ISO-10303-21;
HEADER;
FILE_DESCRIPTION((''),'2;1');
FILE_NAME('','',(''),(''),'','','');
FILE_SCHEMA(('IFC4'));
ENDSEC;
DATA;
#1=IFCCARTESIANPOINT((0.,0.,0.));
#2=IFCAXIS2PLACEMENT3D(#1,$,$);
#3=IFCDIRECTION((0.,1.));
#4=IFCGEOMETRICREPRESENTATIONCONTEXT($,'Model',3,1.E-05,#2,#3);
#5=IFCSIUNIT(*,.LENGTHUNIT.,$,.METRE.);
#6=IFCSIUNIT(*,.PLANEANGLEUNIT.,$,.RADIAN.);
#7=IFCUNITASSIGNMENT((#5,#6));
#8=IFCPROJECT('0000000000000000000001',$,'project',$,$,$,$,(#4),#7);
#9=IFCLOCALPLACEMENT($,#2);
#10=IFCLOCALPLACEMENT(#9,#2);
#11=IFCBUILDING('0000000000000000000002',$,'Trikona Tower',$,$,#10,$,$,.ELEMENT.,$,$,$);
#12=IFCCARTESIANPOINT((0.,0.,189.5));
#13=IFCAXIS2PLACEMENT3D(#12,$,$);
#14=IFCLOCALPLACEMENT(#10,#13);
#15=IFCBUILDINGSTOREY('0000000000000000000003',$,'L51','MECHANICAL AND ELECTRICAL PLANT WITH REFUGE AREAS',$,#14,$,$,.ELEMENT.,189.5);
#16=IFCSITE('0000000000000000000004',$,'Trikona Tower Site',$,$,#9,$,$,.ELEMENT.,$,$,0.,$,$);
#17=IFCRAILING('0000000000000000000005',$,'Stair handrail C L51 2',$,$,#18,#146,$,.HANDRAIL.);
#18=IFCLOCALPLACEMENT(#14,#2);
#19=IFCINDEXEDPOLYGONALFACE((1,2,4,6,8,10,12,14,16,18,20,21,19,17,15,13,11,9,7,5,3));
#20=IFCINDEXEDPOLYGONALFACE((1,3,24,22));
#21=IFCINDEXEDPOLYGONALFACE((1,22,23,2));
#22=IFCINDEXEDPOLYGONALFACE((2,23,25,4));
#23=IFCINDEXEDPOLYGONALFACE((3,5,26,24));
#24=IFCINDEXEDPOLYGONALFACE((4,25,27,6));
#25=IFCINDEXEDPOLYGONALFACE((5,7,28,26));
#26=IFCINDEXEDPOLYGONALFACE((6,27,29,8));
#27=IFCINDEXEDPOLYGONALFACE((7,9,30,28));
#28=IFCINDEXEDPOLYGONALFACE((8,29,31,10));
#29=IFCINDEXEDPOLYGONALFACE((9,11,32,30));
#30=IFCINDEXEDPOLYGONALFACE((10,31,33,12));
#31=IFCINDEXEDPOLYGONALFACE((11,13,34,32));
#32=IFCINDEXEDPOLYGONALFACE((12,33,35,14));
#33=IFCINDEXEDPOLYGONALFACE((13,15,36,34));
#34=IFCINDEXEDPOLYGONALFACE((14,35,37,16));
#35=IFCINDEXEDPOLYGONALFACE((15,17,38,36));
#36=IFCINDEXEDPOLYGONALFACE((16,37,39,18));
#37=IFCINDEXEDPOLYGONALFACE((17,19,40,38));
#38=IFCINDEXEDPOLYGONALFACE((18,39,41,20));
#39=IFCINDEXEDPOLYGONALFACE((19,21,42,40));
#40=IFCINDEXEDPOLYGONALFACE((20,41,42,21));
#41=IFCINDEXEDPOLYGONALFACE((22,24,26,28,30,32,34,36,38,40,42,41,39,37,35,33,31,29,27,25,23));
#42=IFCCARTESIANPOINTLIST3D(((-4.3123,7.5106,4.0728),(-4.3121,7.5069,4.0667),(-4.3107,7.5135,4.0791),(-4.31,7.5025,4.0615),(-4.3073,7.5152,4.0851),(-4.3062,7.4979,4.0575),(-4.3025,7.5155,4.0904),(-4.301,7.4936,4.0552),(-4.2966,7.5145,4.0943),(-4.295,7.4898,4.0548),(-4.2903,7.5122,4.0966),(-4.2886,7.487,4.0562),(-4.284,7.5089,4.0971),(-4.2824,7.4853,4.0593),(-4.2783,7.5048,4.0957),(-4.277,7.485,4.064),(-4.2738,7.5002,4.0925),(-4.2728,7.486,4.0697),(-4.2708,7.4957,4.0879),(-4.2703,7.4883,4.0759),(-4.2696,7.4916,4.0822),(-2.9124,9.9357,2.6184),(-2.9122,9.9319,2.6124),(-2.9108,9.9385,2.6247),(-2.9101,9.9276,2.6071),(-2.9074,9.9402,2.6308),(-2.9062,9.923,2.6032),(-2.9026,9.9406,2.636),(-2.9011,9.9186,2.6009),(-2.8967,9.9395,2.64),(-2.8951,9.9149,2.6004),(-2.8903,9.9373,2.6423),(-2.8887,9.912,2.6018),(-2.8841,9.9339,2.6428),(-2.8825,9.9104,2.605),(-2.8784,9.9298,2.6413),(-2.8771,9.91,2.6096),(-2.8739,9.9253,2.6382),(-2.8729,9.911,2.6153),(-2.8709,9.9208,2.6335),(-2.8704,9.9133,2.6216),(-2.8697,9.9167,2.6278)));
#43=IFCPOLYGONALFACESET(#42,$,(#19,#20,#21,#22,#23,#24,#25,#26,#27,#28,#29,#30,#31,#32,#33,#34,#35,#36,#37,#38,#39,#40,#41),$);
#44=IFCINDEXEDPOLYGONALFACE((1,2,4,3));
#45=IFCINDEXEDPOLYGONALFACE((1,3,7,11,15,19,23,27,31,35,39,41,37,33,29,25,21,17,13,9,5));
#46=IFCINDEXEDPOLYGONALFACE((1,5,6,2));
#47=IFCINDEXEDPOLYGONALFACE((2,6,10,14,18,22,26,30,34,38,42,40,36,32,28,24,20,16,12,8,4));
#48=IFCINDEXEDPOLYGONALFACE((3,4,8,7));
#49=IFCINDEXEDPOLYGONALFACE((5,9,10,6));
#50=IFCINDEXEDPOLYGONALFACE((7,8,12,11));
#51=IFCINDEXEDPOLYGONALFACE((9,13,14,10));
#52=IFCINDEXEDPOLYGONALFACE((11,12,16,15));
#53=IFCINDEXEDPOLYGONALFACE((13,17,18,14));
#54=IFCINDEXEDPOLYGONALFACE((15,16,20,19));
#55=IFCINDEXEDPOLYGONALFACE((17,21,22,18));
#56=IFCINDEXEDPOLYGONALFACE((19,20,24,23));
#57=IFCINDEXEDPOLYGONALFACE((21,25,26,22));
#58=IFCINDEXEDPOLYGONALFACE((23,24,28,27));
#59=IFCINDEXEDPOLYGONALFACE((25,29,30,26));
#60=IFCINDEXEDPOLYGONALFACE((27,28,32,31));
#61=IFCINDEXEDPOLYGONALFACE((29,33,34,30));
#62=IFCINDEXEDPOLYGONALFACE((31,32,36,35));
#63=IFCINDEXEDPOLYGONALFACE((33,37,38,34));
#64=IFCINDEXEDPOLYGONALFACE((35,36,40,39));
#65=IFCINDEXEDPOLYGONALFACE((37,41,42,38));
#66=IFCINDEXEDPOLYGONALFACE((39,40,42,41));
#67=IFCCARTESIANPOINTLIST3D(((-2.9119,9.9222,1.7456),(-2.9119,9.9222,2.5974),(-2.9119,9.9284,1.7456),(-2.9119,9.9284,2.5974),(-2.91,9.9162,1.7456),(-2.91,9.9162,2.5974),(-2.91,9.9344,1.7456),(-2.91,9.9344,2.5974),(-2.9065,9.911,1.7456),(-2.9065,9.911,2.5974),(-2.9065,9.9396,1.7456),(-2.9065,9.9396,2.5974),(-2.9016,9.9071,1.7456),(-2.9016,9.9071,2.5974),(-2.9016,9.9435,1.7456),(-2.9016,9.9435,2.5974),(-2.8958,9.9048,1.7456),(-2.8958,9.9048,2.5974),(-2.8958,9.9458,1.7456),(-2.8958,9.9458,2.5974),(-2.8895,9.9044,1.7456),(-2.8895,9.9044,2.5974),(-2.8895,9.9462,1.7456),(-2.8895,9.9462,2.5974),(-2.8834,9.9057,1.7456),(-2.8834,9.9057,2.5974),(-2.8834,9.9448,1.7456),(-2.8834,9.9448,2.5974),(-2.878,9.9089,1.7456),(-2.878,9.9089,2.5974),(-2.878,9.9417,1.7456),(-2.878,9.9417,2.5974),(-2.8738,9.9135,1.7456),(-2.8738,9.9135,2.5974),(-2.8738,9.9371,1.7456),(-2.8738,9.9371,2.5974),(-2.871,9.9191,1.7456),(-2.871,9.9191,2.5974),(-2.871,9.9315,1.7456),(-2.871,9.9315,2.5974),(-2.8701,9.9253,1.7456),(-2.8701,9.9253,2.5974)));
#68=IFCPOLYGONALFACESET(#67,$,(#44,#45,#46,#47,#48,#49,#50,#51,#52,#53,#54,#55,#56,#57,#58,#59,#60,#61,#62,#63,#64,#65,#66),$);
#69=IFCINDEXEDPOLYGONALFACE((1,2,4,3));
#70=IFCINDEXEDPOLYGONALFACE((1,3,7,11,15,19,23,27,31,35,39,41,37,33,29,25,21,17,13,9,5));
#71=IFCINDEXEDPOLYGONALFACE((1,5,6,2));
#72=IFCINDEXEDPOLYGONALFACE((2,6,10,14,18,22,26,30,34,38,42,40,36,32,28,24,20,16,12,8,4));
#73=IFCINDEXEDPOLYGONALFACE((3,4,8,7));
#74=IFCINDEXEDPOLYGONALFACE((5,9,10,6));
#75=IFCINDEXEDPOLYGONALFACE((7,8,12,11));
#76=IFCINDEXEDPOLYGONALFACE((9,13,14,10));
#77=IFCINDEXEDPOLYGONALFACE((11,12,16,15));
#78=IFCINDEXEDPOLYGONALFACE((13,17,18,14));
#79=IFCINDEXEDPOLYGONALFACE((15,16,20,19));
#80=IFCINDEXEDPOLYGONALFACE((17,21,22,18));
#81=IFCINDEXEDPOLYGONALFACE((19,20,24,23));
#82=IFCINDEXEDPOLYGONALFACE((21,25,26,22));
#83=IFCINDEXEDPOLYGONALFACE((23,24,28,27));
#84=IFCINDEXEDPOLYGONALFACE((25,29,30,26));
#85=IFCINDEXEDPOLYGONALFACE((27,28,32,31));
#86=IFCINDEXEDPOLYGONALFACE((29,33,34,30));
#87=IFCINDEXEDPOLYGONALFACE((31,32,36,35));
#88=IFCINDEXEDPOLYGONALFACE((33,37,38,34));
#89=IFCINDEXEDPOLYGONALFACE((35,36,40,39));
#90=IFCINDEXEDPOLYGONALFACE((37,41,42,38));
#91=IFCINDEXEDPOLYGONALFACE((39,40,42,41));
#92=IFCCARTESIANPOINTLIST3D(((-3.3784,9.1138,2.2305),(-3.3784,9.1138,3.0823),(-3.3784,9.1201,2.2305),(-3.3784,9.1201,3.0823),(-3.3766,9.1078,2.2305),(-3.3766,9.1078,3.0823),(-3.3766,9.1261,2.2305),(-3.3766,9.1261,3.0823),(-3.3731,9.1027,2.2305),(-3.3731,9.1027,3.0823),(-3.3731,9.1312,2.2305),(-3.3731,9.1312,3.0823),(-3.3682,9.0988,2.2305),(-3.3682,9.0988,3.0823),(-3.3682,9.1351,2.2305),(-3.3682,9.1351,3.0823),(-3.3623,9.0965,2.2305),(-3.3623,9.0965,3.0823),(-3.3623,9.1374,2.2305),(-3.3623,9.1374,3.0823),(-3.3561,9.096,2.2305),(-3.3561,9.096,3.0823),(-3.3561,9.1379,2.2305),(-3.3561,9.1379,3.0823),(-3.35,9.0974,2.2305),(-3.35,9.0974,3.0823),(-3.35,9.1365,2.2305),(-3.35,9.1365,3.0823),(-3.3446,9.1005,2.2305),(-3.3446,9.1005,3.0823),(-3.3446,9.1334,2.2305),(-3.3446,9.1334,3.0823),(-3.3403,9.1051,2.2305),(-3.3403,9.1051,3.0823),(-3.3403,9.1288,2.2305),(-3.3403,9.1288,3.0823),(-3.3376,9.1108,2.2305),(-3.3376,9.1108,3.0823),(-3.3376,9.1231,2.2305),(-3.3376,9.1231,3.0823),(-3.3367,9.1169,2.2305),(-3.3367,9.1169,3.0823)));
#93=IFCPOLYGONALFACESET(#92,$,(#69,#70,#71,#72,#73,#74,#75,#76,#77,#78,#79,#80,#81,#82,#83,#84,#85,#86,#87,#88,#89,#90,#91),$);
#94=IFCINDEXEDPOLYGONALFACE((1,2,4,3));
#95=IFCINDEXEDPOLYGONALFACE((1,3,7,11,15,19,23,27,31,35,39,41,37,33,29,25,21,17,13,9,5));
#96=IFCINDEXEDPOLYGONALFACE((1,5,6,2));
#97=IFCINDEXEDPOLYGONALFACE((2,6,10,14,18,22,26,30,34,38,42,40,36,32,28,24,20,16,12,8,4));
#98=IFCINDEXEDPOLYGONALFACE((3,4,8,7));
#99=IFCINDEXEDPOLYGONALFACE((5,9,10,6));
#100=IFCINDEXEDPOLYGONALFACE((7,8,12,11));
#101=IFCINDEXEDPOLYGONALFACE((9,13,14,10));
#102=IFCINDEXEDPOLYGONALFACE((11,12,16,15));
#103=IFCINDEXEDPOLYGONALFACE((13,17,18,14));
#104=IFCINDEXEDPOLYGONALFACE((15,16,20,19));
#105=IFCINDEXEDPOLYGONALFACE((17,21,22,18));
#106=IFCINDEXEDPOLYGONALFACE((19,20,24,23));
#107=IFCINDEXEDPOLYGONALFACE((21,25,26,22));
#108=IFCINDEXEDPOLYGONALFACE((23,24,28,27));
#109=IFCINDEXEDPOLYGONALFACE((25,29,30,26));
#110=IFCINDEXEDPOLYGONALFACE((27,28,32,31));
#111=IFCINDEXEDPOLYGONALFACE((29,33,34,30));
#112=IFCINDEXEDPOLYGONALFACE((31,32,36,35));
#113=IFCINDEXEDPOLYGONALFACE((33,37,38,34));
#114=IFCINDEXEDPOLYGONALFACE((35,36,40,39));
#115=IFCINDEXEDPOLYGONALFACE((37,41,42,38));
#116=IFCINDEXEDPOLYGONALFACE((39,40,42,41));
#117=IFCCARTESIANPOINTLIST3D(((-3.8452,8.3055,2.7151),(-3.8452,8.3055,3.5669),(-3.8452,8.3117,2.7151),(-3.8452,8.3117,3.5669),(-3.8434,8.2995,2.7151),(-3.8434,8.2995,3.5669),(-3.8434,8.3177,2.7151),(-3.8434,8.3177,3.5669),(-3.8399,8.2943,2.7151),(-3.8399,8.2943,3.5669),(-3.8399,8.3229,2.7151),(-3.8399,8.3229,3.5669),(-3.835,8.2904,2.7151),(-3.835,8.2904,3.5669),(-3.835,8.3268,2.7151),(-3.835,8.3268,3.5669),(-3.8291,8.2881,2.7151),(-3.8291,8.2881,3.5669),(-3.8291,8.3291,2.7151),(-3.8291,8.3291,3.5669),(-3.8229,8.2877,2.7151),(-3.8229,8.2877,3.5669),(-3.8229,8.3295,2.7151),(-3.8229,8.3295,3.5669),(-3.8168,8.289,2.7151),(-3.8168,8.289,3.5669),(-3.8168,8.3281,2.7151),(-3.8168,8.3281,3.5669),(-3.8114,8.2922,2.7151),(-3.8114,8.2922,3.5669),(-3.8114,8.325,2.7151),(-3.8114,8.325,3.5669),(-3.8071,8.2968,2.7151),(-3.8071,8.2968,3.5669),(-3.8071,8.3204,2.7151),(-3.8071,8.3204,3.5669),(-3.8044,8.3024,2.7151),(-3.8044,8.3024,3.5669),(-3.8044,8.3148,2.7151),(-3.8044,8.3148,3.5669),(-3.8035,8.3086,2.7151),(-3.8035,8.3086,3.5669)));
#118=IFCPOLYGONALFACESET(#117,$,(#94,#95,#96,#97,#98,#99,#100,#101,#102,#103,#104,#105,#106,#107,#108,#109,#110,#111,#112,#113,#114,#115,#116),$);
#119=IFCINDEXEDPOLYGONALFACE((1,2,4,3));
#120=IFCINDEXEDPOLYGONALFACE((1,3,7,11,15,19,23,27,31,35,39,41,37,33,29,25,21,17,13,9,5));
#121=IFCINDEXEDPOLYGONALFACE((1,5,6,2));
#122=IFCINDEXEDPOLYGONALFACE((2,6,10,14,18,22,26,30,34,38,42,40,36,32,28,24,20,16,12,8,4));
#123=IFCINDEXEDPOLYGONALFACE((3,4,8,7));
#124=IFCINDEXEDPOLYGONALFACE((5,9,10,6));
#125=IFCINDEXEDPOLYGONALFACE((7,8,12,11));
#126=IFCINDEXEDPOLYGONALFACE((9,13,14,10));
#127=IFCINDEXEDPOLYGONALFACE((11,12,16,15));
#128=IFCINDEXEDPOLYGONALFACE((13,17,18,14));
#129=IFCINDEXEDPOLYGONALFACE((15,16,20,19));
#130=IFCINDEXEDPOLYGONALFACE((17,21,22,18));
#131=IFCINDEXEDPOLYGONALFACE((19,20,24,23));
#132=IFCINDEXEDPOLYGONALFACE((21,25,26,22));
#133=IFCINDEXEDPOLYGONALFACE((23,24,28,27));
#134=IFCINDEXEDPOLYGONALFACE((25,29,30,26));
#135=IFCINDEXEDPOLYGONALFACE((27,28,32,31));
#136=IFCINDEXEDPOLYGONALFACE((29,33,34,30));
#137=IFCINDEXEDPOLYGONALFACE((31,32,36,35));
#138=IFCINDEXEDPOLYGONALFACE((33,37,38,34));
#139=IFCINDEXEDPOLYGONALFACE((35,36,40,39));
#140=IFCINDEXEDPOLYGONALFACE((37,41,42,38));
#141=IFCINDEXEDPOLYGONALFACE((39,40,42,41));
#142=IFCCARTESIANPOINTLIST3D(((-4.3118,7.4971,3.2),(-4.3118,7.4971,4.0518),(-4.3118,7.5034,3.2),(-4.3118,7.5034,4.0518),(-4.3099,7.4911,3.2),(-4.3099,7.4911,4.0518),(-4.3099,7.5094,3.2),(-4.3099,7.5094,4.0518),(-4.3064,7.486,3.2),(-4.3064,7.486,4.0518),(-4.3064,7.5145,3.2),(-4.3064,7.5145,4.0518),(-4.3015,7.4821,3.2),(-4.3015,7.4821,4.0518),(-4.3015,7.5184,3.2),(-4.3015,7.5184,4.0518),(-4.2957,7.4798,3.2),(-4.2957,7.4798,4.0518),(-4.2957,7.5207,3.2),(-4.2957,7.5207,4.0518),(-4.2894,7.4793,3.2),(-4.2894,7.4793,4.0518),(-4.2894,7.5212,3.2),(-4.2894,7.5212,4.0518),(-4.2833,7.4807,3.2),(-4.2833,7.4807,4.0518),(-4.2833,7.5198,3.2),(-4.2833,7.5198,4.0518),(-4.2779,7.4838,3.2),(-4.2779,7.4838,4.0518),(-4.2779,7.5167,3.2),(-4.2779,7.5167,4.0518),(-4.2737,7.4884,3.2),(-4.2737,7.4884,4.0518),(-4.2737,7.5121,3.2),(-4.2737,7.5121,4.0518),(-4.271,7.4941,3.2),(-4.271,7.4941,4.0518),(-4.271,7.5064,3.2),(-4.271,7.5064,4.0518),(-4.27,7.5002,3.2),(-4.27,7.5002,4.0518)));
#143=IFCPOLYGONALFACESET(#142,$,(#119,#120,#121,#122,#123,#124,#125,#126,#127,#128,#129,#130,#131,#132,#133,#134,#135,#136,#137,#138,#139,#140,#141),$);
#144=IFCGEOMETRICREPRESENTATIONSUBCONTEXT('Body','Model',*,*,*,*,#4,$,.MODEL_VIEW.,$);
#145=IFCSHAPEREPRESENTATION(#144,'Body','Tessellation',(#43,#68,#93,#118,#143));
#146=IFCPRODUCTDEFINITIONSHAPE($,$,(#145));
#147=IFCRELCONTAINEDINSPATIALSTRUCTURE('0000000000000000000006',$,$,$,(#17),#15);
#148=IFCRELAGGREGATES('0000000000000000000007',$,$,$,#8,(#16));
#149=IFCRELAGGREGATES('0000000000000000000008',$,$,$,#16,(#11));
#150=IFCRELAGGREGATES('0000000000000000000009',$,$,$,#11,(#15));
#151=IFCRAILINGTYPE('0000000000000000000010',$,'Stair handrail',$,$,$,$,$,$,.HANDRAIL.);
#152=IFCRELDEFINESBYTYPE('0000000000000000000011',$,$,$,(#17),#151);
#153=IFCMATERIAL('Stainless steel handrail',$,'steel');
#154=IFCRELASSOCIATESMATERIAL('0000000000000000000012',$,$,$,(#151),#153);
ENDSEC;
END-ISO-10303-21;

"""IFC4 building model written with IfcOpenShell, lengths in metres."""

from ifc_helpers import new_model, si_unit, direction, frame, origin, origin_2d, place, context, subcontext, project, spatial, circle, extrude, material, type_object, element, save


model = new_model("IFC4")

# Units and contexts
model_context = context("Model", 3, precision=1e-05, world=origin(), true_north=direction((0.0, 1.0)))
body_context = subcontext(model_context, "Body", "Model", "MODEL_VIEW")
ifc_project = project(units=[si_unit("LENGTHUNIT", "METRE"), si_unit("PLANEANGLEUNIT", "RADIAN")], contexts=[model_context])

# Site, building, storey
site_placement = place(None, origin())
site = spatial("IfcSite", under=ifc_project, at=site_placement, Name="Trikona Tower Site", CompositionType="ELEMENT", RefElevation=0.0)
building_placement = place(site_placement, origin())
building = spatial("IfcBuilding", under=site, at=building_placement, Name="Trikona Tower", CompositionType="ELEMENT")
storey_placement = place(building_placement, frame((0.0, 0.0, 189.5)))
storey = spatial("IfcBuildingStorey", under=building, at=storey_placement, Name="L51", Description="MECHANICAL AND ELECTRICAL PLANT WITH REFUGE AREAS", CompositionType="ELEMENT", Elevation=189.5)

# Railing
ifc_material_1 = material(Name="Stainless steel handrail", Category="steel")
railing_type = type_object("IfcRailingType", Name="Stair handrail", PredefinedType="HANDRAIL", material=ifc_material_1)
railing_1_placement = place(storey_placement, frame((-2.8911, 9.9253, 1.7456)))
element("IfcRailing", 1, at=railing_1_placement, inside=storey, type_object=railing_type, Name="Stair handrail C L51 2", PredefinedType="HANDRAIL", context=body_context, shape_type="SweptSolid", body=[
    extrude(circle(Radius=0.0239, at=origin_2d()), frame((0.0, 0.0, 0.876), z_axis=(-0.443672, -0.768572, 0.460926), x_axis=(0.866056, -0.499946, 0.0)), (0.0, 0.0, 1.0), 3.1553),
    extrude(circle(Radius=0.021, at=origin_2d()), origin(), (0.0, 0.0, 1.0), 0.8518),
    extrude(circle(Radius=0.021, at=origin_2d()), frame((-0.4666, -0.8083, 0.4849)), (0.0, 0.0, 1.0), 0.8518),
    extrude(circle(Radius=0.021, at=origin_2d()), frame((-0.9333, -1.6167, 0.9695)), (0.0, 0.0, 1.0), 0.8518),
    extrude(circle(Radius=0.021, at=origin_2d()), frame((-1.3999, -2.425, 1.4543)), (0.0, 0.0, 1.0), 0.8518),
])

save(model, "model.ifc")
